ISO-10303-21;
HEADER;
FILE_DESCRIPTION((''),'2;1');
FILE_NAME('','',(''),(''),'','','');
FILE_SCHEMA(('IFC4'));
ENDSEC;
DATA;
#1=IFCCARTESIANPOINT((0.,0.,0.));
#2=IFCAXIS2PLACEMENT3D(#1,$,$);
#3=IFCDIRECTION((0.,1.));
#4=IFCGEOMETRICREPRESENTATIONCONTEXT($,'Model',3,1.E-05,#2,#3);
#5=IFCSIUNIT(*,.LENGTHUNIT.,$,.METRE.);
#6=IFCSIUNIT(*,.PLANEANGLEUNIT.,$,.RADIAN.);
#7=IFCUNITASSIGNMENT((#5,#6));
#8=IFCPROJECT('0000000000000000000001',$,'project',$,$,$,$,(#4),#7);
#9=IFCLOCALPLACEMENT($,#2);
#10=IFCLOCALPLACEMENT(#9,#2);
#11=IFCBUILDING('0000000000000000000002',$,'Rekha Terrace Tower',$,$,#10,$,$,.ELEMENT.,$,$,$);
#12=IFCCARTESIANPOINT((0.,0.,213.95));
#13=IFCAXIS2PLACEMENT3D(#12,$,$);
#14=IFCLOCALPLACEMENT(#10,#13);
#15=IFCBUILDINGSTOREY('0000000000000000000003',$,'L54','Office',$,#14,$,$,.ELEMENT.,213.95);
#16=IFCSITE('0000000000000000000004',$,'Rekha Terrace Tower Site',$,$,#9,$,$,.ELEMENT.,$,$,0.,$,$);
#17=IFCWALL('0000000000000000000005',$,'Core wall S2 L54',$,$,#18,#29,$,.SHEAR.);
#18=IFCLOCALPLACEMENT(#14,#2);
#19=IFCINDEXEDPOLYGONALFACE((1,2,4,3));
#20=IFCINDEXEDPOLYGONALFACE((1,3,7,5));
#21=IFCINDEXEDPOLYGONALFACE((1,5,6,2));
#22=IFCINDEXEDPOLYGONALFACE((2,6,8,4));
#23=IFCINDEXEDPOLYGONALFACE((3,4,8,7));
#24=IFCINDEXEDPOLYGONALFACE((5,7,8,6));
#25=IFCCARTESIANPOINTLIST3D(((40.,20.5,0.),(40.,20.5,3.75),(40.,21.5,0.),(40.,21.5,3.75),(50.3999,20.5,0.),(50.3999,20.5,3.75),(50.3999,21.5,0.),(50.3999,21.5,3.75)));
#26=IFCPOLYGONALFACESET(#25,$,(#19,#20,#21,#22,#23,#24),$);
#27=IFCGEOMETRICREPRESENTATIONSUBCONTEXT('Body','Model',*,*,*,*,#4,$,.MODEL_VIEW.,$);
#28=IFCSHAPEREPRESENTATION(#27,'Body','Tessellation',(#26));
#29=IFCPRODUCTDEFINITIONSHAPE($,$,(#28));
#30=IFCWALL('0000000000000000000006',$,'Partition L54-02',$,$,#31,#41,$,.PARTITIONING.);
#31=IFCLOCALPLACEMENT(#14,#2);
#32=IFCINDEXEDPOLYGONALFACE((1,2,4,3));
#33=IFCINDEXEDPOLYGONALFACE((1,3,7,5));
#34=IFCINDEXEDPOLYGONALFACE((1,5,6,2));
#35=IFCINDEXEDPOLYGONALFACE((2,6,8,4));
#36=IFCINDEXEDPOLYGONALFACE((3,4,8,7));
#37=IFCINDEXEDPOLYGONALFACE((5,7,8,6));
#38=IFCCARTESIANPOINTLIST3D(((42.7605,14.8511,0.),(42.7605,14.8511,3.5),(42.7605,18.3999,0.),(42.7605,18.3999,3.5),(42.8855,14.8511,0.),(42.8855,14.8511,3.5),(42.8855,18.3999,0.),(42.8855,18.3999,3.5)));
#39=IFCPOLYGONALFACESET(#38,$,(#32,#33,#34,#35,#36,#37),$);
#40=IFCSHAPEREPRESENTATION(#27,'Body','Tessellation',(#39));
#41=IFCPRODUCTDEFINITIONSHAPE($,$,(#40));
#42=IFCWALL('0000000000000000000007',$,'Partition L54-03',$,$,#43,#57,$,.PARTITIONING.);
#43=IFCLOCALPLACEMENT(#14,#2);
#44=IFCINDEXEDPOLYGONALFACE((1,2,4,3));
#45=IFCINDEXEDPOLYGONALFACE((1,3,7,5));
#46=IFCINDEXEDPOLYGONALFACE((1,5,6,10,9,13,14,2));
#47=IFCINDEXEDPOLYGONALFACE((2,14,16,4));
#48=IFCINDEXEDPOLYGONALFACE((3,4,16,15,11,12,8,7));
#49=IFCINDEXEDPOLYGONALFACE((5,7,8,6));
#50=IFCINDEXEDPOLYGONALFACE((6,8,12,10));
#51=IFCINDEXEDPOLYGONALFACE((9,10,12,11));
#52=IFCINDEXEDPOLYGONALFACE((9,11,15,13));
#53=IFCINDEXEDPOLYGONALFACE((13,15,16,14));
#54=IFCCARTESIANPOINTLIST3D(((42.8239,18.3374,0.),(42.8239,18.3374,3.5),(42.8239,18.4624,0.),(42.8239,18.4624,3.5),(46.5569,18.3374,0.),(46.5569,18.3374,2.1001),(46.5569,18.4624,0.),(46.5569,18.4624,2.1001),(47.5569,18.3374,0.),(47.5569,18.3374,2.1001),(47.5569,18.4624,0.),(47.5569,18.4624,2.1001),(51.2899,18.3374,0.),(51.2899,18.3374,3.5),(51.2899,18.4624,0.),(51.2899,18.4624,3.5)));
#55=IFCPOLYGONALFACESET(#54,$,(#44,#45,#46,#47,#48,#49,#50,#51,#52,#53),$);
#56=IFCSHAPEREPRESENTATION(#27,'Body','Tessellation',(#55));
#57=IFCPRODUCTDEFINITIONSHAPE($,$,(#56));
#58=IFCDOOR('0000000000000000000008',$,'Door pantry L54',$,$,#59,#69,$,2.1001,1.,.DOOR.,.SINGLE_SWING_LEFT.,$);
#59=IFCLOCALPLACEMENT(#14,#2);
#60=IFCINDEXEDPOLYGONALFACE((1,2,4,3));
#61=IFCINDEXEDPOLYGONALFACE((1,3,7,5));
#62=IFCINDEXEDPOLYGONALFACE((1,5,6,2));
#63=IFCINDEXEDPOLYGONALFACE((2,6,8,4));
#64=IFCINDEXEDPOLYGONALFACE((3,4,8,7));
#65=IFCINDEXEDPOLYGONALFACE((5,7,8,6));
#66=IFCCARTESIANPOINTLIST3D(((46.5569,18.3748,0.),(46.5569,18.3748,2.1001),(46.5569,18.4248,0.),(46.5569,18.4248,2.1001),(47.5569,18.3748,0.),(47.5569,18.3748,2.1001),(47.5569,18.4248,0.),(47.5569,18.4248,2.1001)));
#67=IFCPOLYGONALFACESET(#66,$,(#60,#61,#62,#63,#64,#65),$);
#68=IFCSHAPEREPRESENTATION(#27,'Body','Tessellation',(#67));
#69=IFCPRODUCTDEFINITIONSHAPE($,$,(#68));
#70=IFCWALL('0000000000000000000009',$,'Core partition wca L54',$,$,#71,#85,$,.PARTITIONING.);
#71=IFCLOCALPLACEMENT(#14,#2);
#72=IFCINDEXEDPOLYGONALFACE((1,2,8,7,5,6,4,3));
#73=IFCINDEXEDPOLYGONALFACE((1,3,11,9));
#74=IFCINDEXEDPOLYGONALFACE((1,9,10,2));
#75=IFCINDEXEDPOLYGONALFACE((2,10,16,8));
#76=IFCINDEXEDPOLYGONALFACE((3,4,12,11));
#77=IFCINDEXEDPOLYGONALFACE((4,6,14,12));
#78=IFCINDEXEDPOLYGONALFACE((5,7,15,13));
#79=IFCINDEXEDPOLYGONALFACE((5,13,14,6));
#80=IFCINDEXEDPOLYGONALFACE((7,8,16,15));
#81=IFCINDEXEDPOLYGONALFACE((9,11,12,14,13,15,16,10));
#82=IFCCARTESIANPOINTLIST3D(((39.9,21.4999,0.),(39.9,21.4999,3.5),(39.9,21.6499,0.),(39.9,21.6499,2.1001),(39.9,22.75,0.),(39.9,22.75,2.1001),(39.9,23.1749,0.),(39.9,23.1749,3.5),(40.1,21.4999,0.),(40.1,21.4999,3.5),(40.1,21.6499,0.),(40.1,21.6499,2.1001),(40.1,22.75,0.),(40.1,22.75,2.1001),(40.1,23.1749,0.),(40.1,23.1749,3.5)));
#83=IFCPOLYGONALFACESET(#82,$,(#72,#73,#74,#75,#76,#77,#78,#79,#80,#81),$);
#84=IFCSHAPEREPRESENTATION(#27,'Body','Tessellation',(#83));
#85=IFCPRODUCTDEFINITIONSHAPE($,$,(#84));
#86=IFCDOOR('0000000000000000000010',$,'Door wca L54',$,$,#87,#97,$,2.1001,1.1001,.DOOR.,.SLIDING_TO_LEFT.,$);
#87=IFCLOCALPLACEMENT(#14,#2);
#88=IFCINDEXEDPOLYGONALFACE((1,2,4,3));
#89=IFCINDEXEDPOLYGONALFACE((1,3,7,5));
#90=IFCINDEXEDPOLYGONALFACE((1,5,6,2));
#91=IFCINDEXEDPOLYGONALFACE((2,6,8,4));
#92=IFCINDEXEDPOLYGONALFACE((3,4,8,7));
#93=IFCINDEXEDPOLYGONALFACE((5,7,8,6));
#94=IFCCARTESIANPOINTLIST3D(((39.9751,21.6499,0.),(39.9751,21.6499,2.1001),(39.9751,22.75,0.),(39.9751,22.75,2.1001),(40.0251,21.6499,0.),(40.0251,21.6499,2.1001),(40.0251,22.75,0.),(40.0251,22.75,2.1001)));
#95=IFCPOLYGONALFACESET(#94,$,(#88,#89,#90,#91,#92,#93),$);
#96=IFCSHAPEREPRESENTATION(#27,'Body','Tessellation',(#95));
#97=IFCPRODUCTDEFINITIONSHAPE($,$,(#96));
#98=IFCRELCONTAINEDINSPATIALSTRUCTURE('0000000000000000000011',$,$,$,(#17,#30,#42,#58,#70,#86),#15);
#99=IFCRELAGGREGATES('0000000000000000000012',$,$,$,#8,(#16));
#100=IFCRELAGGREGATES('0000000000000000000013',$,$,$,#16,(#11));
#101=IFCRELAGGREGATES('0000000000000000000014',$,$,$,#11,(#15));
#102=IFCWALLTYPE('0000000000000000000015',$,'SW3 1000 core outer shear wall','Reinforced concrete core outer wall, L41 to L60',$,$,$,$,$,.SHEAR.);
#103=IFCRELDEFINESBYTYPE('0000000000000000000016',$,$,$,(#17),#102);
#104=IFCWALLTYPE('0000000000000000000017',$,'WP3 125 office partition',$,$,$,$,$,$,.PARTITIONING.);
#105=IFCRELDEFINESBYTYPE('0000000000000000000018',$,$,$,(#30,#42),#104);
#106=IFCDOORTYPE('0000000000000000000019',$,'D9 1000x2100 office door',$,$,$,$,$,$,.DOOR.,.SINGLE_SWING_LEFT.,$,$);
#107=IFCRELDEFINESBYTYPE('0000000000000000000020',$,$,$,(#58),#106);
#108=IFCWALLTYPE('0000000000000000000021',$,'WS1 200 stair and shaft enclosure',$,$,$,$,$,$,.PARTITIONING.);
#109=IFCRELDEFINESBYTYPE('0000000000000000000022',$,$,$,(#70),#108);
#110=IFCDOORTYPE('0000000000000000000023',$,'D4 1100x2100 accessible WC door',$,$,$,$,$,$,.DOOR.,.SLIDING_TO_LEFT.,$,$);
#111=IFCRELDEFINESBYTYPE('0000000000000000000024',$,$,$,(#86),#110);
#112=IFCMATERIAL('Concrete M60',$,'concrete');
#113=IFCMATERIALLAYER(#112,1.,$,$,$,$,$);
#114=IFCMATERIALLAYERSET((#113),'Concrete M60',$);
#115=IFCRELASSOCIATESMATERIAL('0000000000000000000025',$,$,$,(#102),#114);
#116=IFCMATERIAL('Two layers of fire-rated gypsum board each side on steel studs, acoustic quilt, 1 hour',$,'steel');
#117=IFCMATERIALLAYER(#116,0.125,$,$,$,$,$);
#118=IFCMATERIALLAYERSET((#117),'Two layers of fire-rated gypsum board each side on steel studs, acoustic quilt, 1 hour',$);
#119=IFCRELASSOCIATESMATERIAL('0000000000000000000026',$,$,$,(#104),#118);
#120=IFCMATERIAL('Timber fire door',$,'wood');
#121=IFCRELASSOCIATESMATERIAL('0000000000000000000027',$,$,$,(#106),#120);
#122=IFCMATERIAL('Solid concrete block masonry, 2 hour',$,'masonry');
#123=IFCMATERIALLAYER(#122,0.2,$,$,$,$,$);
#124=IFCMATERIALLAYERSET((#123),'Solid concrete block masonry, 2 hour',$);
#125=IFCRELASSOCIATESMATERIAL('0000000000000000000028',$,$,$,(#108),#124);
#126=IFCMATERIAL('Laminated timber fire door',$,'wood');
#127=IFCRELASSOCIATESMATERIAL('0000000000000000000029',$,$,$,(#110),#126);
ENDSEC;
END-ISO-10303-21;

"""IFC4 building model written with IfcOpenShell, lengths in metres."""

from ifc_helpers import new_model, si_unit, direction, frame, frame_2d, origin, place, context, subcontext, project, spatial, rectangle, extrude, material, layer, layer_set, type_object, element, fill, save


model = new_model("IFC4")

# Units and contexts
model_context = context("Model", 3, precision=1e-05, world=origin(), true_north=direction((0.0, 1.0)))
body_context = subcontext(model_context, "Body", "Model", "MODEL_VIEW")
ifc_project = project(units=[si_unit("LENGTHUNIT", "METRE"), si_unit("PLANEANGLEUNIT", "RADIAN")], contexts=[model_context])

# Site, building, storey
site_placement = place(None, origin())
site = spatial("IfcSite", under=ifc_project, at=site_placement, Name="Rekha Terrace Tower Site", CompositionType="ELEMENT", RefElevation=0.0)
building_placement = place(site_placement, origin())
building = spatial("IfcBuilding", under=site, at=building_placement, Name="Rekha Terrace Tower", CompositionType="ELEMENT")
storey_placement = place(building_placement, frame((0.0, 0.0, 213.95)))
storey = spatial("IfcBuildingStorey", under=building, at=storey_placement, Name="L54", Description="Office", CompositionType="ELEMENT", Elevation=213.95)

# Shared definitions
ifc_material_1 = material(Name="Concrete M60", Category="concrete")

# Shared definitions
ifc_material_2 = material(Name="Laminated timber fire door", Category="wood")

# Walls
ifc_layer_1 = layer(ifc_material_1, 1.0)
ifc_layer_set_1 = layer_set([ifc_layer_1], Name="Concrete M60")
wall_type_1 = type_object("IfcWallType", Name="SW3 1000 core outer shear wall", Description="Reinforced concrete core outer wall, L41 to L60", PredefinedType="SHEAR", material=ifc_layer_set_1)
wall_1_placement = place(storey_placement, frame((40.0, 21.0, 0.0), z_axis=(0.0, 0.0, 1.0), x_axis=(1.0, 0.0, 0.0)))
element("IfcWall", 1, at=wall_1_placement, inside=storey, type_object=wall_type_1, Name="Core wall S2 L54", PredefinedType="SHEAR", context=body_context, shape_type="SweptSolid", body=[
    extrude(rectangle(XDim=10.3999, YDim=1.0, at=frame_2d((5.2, 0.0))), origin(), (0.0, 0.0, 1.0), 3.75),
])
ifc_material_3 = material(Name="Two layers of fire-rated gypsum board each side on steel studs, acoustic quilt, 1 hour", Category="steel")
ifc_layer_2 = layer(ifc_material_3, 0.125)
ifc_layer_set_2 = layer_set([ifc_layer_2], Name="Two layers of fire-rated gypsum board each side on steel studs, acoustic quilt, 1 hour")
wall_type_2 = type_object("IfcWallType", Name="WP3 125 office partition", PredefinedType="PARTITIONING", material=ifc_layer_set_2)
wall_2_placement = place(storey_placement, frame((42.823, 18.3999, 0.0), z_axis=(0.0, 0.0, 1.0), x_axis=(0.0, -1.0, 0.0)))
element("IfcWall", 2, at=wall_2_placement, inside=storey, type_object=wall_type_2, Name="Partition L54-02", PredefinedType="PARTITIONING", context=body_context, shape_type="SweptSolid", body=[
    extrude(rectangle(XDim=3.5488, YDim=0.125, at=frame_2d((1.7744, 0.0))), origin(), (0.0, 0.0, 1.0), 3.5),
])

# Walls, openings, doors
wall_3_placement = place(storey_placement, frame((42.824, 18.3999, 0.0), z_axis=(0.0, 0.0, 1.0), x_axis=(1.0, 0.0, 0.0)))
wall_3 = element("IfcWall", 3, at=wall_3_placement, inside=storey, type_object=wall_type_2, Name="Partition L54-03", PredefinedType="PARTITIONING", context=body_context, shape_type="SweptSolid", body=[
    extrude(rectangle(XDim=8.4661, YDim=0.125, at=frame_2d((4.2329, 0.0))), origin(), (0.0, 0.0, 1.0), 3.5),
])
opening_1_placement = place(wall_3_placement, frame((3.7329, 0.0, 0.0)))
opening_1 = element("IfcOpeningElement", 4, at=opening_1_placement, cuts=wall_3, PredefinedType="OPENING", context=body_context, shape_type="SweptSolid", body=[
    extrude(rectangle(XDim=1.0, YDim=2.1001, at=frame_2d((0.5, 1.05))), frame((0.0, 0.0725, 0.0), z_axis=(0.0, -1.0, 0.0), x_axis=(1.0, 0.0, 0.0)), (0.0, 0.0, 1.0), 0.145),
])
ifc_material_4 = material(Name="Timber fire door", Category="wood")
door_type_1 = type_object("IfcDoorType", Name="D9 1000x2100 office door", OperationType="SINGLE_SWING_LEFT", PredefinedType="DOOR", material=ifc_material_4)
door_1_placement = place(opening_1_placement, origin())
door_1 = element("IfcDoor", 5, at=door_1_placement, inside=storey, type_object=door_type_1, Name="Door pantry L54", OperationType="SINGLE_SWING_LEFT", OverallHeight=2.1001, OverallWidth=1.0, PredefinedType="DOOR", context=body_context, shape_type="SweptSolid", body=[
    extrude(rectangle(XDim=1.0, YDim=2.1001, at=frame_2d((0.5, 1.05))), frame((0.0, 0.0249, 0.0), z_axis=(0.0, -1.0, 0.0), x_axis=(1.0, 0.0, 0.0)), (0.0, 0.0, 1.0), 0.05),
])
fill(opening_1, door_1)
ifc_material_5 = material(Name="Solid concrete block masonry, 2 hour", Category="masonry")
ifc_layer_3 = layer(ifc_material_5, 0.2)
ifc_layer_set_3 = layer_set([ifc_layer_3], Name="Solid concrete block masonry, 2 hour")
wall_type_3 = type_object("IfcWallType", Name="WS1 200 stair and shaft enclosure", PredefinedType="PARTITIONING", material=ifc_layer_set_3)
wall_4_placement = place(storey_placement, frame((40.0, 21.5, 0.0), z_axis=(0.0, 0.0, 1.0), x_axis=(0.0, 1.0, 0.0)))
wall_4 = element("IfcWall", 6, at=wall_4_placement, inside=storey, type_object=wall_type_3, Name="Core partition wca L54", PredefinedType="PARTITIONING", context=body_context, shape_type="SweptSolid", body=[
    extrude(rectangle(XDim=1.675, YDim=0.2, at=frame_2d((0.8374, 0.0))), origin(), (0.0, 0.0, 1.0), 3.5),
])
opening_2_placement = place(wall_4_placement, frame((0.1499, 0.0, 0.0)))
opening_2 = element("IfcOpeningElement", 7, at=opening_2_placement, cuts=wall_4, PredefinedType="OPENING", context=body_context, shape_type="SweptSolid", body=[
    extrude(rectangle(XDim=1.1001, YDim=2.1001, at=frame_2d((0.55, 1.05))), frame((0.0, 0.1099, 0.0), z_axis=(0.0, -1.0, 0.0), x_axis=(1.0, 0.0, 0.0)), (0.0, 0.0, 1.0), 0.22),
])
door_type_2 = type_object("IfcDoorType", Name="D4 1100x2100 accessible WC door", OperationType="SLIDING_TO_LEFT", PredefinedType="DOOR", material=ifc_material_2)
door_2_placement = place(opening_2_placement, origin())
door_2 = element("IfcDoor", 8, at=door_2_placement, inside=storey, type_object=door_type_2, Name="Door wca L54", OperationType="SLIDING_TO_LEFT", OverallHeight=2.1001, OverallWidth=1.1001, PredefinedType="DOOR", context=body_context, shape_type="SweptSolid", body=[
    extrude(rectangle(XDim=1.1001, YDim=2.1001, at=frame_2d((0.55, 1.05))), frame((0.0, 0.0249, 0.0), z_axis=(0.0, -1.0, 0.0), x_axis=(1.0, 0.0, 0.0)), (0.0, 0.0, 1.0), 0.05),
])
fill(opening_2, door_2)

save(model, "model.ifc")
